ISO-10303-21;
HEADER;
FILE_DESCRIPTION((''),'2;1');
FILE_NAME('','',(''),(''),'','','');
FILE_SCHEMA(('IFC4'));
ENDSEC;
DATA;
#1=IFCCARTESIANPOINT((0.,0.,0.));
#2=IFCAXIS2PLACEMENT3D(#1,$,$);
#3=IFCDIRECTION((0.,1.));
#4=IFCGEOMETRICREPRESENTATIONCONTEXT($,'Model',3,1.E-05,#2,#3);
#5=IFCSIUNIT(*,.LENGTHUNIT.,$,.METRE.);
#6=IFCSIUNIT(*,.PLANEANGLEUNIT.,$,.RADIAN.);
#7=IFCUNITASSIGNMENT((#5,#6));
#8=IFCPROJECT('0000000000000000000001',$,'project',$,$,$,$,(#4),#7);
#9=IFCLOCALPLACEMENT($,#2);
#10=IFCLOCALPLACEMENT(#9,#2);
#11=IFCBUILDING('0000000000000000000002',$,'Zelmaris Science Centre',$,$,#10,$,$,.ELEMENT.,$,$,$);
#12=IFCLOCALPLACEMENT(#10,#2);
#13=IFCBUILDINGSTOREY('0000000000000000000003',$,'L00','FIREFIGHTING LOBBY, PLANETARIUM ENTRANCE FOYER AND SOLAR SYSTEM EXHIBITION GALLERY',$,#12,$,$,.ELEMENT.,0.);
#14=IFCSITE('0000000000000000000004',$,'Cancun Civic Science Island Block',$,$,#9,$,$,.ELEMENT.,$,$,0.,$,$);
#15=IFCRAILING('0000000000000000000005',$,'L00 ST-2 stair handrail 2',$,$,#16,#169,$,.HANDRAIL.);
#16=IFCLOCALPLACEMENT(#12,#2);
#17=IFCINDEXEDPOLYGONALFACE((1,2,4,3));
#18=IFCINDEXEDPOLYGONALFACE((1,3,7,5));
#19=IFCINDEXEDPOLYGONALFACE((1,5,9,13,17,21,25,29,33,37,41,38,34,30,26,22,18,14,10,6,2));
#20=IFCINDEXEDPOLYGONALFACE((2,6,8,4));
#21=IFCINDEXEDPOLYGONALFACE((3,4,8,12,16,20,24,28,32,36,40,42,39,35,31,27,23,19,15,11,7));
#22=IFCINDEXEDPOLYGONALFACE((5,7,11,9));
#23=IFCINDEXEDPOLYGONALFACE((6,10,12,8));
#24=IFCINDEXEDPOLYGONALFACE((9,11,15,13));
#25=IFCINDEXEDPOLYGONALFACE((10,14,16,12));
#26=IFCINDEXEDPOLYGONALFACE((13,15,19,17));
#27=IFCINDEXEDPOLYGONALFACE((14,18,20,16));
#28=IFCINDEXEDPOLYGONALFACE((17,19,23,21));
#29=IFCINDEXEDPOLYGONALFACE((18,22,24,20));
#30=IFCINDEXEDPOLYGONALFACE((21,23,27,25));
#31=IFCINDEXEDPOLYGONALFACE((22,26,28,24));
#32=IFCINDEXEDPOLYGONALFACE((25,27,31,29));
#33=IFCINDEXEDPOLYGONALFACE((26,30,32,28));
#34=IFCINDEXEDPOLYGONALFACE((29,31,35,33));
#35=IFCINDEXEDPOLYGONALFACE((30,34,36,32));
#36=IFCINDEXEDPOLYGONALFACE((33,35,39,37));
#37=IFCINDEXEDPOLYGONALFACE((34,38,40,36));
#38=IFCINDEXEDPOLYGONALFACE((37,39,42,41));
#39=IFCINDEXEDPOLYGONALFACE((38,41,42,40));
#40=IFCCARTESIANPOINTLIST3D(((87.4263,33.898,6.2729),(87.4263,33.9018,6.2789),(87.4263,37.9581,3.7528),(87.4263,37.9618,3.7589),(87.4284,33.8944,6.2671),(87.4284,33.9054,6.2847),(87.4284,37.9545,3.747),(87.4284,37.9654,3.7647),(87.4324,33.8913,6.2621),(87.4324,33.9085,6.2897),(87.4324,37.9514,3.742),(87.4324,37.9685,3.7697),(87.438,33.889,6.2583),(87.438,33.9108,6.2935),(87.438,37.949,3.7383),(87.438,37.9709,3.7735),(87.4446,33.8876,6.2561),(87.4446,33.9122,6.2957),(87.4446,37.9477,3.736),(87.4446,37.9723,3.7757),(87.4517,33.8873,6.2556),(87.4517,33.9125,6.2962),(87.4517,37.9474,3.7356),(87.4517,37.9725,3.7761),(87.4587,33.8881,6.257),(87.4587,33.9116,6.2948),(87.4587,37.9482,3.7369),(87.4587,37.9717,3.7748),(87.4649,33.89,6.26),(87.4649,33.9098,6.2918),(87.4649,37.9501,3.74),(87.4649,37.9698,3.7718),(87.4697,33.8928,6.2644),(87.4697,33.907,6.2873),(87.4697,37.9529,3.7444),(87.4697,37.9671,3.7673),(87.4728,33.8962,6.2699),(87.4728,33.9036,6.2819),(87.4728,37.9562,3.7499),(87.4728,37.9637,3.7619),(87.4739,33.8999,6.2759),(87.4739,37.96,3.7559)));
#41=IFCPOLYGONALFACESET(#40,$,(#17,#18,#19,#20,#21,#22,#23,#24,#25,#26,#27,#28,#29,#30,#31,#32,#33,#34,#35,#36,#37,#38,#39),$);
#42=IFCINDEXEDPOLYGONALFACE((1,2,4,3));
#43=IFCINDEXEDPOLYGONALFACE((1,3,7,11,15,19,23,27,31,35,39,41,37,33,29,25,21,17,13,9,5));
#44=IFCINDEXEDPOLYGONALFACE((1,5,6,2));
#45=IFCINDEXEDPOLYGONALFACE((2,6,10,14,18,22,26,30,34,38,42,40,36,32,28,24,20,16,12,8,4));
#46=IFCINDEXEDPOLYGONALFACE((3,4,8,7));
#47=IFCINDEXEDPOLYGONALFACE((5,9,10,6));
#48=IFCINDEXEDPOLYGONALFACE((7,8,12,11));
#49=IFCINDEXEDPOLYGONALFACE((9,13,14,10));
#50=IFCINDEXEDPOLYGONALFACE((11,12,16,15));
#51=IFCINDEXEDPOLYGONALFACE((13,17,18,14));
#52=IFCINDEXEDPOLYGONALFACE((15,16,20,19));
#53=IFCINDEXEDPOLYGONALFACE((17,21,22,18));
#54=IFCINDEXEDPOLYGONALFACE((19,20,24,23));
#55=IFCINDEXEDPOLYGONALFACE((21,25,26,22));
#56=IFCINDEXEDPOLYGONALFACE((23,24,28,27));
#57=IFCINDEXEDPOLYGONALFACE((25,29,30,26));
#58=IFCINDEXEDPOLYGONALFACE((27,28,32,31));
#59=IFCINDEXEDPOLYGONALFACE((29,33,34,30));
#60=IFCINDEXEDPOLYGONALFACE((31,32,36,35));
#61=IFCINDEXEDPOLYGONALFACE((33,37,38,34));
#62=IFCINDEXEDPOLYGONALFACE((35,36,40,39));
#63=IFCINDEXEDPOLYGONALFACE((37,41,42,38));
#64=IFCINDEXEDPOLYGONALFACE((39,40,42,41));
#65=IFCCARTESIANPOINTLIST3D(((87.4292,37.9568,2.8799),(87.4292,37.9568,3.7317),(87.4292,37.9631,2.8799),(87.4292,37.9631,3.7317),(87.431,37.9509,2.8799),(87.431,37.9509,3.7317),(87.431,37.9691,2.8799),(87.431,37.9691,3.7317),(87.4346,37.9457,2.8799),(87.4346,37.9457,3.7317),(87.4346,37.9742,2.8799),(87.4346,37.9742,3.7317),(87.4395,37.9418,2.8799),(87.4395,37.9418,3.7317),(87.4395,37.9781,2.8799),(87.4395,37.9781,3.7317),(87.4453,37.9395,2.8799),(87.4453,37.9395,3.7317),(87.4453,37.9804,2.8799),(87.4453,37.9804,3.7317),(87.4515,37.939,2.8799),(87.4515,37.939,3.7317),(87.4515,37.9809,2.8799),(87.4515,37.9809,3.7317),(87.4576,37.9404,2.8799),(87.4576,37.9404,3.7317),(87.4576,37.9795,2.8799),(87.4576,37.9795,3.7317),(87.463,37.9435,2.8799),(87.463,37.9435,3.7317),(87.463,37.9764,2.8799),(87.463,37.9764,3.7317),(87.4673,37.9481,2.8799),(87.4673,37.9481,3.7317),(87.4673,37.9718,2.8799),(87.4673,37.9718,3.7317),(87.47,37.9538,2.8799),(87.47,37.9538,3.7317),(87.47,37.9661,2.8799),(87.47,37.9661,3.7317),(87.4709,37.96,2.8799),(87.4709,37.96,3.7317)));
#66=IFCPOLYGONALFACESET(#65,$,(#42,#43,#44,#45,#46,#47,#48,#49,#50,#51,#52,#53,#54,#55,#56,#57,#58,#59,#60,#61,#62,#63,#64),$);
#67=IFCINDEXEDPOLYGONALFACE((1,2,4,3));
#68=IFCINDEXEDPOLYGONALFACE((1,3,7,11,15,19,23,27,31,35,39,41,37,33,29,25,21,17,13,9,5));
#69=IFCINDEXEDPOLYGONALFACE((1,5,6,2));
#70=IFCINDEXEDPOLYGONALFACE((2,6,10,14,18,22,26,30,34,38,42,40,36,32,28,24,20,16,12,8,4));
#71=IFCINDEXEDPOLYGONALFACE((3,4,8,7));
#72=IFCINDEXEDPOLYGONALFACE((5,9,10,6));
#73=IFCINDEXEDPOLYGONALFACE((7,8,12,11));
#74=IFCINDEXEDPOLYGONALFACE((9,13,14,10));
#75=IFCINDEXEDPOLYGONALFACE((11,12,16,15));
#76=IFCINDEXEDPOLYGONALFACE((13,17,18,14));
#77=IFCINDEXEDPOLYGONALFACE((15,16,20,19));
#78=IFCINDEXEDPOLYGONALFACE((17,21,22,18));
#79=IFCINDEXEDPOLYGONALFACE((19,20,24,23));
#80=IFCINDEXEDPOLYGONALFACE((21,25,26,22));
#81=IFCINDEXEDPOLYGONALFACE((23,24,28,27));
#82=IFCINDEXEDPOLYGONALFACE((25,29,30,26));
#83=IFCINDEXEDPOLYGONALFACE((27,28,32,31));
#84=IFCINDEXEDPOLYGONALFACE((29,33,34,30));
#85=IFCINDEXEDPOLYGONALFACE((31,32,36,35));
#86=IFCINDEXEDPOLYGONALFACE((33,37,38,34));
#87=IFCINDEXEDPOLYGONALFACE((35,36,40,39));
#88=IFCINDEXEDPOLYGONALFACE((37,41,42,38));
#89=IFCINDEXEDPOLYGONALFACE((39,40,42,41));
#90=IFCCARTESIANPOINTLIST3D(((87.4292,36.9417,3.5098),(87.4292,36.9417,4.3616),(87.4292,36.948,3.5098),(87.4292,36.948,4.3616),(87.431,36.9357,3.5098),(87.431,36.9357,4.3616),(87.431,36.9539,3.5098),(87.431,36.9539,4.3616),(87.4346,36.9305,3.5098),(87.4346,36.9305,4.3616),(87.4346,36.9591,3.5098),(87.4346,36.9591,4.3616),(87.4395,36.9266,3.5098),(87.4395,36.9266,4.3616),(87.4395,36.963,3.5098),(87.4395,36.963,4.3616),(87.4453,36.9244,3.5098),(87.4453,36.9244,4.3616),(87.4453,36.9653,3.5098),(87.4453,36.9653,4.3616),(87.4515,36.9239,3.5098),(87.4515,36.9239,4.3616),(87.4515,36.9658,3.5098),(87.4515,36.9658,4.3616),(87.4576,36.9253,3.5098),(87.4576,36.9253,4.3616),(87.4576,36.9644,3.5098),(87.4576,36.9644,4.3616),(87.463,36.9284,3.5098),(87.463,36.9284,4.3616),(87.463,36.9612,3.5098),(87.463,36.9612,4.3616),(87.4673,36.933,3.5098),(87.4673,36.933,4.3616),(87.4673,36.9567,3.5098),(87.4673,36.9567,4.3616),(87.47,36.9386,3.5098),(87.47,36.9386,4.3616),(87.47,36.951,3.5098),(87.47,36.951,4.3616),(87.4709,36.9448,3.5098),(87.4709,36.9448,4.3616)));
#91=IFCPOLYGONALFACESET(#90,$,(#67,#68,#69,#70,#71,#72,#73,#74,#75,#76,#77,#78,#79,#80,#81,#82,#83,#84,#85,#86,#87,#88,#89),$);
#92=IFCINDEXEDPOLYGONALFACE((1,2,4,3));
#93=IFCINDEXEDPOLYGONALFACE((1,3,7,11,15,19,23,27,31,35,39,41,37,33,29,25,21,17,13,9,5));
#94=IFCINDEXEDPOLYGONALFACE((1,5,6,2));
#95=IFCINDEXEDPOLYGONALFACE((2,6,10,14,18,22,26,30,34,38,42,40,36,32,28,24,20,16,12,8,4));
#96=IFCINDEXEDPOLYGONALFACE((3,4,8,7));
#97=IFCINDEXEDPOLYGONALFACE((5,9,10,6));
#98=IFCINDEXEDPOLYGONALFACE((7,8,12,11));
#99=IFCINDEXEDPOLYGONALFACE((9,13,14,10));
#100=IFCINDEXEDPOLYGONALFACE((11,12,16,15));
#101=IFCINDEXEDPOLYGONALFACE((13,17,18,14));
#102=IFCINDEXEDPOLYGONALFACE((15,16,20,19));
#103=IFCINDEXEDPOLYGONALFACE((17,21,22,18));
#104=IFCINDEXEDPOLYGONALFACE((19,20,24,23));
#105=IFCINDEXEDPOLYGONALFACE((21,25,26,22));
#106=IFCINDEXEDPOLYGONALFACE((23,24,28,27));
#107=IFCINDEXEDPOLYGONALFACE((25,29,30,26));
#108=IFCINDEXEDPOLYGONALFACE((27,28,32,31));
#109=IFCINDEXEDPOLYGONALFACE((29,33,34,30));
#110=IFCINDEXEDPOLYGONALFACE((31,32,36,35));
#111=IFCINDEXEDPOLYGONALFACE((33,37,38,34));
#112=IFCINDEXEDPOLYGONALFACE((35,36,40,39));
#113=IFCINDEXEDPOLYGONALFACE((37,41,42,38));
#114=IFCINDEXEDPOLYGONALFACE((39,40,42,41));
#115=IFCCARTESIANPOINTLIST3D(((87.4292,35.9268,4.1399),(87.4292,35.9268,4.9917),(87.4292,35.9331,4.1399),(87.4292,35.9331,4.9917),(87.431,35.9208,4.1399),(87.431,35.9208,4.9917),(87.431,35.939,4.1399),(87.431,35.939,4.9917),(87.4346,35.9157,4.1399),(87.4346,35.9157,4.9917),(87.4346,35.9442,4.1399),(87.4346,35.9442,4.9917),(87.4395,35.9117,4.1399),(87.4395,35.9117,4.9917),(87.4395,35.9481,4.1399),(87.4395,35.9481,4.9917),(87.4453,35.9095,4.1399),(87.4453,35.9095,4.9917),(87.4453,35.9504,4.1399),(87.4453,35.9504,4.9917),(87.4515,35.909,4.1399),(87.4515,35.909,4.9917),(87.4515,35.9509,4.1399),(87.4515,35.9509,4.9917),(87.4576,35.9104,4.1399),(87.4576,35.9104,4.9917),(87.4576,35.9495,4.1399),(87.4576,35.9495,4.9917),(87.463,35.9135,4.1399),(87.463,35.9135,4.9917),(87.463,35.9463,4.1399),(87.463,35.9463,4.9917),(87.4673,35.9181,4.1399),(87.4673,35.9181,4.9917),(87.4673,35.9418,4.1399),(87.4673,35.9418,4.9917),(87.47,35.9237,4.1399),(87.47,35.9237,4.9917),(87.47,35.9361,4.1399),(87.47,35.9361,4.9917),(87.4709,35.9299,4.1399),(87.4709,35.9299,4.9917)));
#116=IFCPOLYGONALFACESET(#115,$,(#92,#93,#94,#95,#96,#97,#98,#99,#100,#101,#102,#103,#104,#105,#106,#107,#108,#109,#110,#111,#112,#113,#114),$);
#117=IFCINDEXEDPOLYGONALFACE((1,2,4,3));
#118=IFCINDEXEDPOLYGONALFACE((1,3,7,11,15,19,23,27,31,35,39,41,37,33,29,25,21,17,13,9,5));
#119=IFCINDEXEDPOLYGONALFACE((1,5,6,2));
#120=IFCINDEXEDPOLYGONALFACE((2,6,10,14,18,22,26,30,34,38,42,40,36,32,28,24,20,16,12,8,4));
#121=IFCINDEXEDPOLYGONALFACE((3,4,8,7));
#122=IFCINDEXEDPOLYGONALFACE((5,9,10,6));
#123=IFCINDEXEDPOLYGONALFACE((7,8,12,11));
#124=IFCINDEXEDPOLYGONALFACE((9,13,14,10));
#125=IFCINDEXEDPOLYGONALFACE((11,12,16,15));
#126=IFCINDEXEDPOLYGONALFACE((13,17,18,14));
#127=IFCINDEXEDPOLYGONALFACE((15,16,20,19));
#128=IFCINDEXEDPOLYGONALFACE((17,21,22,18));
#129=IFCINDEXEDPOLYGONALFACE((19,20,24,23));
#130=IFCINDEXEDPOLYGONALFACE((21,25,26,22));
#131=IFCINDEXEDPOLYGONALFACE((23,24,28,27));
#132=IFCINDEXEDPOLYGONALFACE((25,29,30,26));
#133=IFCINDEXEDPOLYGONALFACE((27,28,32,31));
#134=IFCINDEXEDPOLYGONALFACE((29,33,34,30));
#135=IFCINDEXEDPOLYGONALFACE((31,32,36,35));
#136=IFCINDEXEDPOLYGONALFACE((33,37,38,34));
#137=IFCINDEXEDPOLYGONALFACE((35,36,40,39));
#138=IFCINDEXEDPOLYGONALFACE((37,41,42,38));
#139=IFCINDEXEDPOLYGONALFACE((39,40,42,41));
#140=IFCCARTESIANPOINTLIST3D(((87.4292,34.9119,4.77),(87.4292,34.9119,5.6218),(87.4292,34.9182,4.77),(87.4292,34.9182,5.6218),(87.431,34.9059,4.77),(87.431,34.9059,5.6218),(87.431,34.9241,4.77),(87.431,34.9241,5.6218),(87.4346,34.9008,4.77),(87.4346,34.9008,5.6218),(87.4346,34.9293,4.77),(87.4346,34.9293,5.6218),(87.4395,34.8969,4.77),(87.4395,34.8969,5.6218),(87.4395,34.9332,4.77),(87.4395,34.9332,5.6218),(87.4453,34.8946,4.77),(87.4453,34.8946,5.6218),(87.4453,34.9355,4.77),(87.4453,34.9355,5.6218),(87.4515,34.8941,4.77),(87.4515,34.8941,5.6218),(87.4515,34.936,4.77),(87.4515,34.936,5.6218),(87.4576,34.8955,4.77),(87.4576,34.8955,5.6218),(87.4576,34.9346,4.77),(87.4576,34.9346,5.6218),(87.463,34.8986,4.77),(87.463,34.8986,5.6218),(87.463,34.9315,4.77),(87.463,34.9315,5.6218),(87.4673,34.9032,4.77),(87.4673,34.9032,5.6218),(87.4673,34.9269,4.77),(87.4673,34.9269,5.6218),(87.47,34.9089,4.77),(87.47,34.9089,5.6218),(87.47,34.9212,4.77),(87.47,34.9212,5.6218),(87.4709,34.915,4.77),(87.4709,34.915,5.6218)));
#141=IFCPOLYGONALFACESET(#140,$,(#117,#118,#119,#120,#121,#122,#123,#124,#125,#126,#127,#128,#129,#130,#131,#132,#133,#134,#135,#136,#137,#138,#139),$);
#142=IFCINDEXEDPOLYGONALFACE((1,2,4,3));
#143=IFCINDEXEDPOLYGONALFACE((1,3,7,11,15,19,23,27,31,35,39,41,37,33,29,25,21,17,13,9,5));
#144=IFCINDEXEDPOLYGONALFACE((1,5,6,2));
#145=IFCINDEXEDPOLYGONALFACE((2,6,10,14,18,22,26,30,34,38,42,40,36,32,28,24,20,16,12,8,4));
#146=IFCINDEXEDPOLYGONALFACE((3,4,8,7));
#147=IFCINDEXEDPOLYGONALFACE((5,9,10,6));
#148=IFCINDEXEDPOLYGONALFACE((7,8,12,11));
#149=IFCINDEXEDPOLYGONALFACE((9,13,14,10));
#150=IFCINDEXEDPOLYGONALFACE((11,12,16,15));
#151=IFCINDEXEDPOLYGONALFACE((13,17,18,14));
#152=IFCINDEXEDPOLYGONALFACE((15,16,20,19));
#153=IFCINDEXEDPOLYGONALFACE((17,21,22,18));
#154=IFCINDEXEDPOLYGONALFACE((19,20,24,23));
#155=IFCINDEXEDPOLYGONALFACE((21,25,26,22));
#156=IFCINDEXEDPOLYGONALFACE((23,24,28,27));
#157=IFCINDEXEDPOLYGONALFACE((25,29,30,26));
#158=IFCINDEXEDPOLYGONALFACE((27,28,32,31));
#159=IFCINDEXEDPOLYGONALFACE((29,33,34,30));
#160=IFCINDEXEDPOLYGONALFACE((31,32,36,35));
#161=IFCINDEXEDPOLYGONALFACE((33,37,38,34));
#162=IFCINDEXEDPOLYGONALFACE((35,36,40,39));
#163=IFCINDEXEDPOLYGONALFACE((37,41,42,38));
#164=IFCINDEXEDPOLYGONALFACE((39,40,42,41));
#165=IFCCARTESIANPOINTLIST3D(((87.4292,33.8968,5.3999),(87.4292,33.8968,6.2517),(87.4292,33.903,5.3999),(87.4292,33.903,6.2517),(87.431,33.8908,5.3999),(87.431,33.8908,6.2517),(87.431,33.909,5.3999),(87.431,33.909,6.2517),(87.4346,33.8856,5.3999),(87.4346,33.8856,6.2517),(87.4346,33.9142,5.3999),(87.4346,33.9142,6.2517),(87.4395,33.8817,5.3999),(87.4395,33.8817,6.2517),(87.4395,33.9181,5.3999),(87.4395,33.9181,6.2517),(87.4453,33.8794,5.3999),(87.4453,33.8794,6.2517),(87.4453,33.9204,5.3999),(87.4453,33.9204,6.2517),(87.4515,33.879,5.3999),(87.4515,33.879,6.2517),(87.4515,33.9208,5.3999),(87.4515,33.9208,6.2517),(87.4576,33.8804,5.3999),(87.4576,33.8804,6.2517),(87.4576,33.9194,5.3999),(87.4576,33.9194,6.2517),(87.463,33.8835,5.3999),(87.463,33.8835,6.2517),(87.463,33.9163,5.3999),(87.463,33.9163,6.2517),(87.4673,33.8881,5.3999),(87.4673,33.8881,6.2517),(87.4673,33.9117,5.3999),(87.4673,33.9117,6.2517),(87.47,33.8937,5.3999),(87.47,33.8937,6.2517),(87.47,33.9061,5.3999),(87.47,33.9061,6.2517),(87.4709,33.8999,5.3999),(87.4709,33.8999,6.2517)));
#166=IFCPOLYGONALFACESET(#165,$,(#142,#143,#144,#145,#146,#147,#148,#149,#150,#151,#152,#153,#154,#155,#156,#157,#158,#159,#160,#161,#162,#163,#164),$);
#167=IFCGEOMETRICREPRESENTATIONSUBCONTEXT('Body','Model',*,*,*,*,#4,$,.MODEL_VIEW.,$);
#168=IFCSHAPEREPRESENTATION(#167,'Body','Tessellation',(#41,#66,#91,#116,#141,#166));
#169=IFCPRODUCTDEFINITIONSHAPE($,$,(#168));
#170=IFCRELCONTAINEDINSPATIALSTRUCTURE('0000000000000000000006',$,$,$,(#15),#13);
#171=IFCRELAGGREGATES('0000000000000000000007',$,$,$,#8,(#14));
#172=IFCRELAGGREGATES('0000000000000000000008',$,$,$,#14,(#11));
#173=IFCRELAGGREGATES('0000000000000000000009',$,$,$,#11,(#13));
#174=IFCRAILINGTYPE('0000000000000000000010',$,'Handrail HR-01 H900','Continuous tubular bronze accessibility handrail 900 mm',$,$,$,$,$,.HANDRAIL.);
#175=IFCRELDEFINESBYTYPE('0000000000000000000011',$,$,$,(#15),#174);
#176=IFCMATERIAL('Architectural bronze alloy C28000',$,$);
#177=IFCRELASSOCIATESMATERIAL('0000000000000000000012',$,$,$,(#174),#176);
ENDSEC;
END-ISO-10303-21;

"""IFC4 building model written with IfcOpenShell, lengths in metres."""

from ifc_helpers import new_model, si_unit, direction, frame, origin, origin_2d, place, context, subcontext, project, spatial, circle, extrude, material, type_object, element, save


model = new_model("IFC4")

# Units and contexts
model_context = context("Model", 3, precision=1e-05, world=origin(), true_north=direction((0.0, 1.0)))
body_context = subcontext(model_context, "Body", "Model", "MODEL_VIEW")
ifc_project = project(units=[si_unit("LENGTHUNIT", "METRE"), si_unit("PLANEANGLEUNIT", "RADIAN")], contexts=[model_context])

# Site, building, storey
site_placement = place(None, origin())
site = spatial("IfcSite", under=ifc_project, at=site_placement, Name="Cancun Civic Science Island Block", CompositionType="ELEMENT", RefElevation=0.0)
building_placement = place(site_placement, origin())
building = spatial("IfcBuilding", under=site, at=building_placement, Name="Zelmaris Science Centre", CompositionType="ELEMENT")
storey_placement = place(building_placement, origin())
storey = spatial("IfcBuildingStorey", under=building, at=storey_placement, Name="L00", Description="FIREFIGHTING LOBBY, PLANETARIUM ENTRANCE FOYER AND SOLAR SYSTEM EXHIBITION GALLERY", CompositionType="ELEMENT", Elevation=0.0)

# Railing
ifc_material_1 = material(Name="Architectural bronze alloy C28000")
railing_type_1 = type_object("IfcRailingType", Name="Handrail HR-01 H900", Description="Continuous tubular bronze accessibility handrail 900 mm", PredefinedType="HANDRAIL", material=ifc_material_1)
railing_1_placement = place(storey_placement, frame((87.45, 37.96, 2.8799)))
element("IfcRailing", 1, at=railing_1_placement, inside=storey, type_object=railing_type_1, Name="L00 ST-2 stair handrail 2", PredefinedType="HANDRAIL", context=body_context, shape_type="SweptSolid", body=[
    extrude(circle(Radius=0.0239, at=origin_2d()), frame((0.0, 0.0, 0.876), z_axis=(0.0, -0.849642, 0.52736), x_axis=(1.0, 0.0, 0.0)), (0.0, 0.0, 1.0), 4.7786),
    extrude(circle(Radius=0.021, at=origin_2d()), origin(), (0.0, 0.0, 1.0), 0.8518),
    extrude(circle(Radius=0.021, at=origin_2d()), frame((0.0, -1.0151, 0.6299)), (0.0, 0.0, 1.0), 0.8518),
    extrude(circle(Radius=0.021, at=origin_2d()), frame((0.0, -2.03, 1.26)), (0.0, 0.0, 1.0), 0.8518),
    extrude(circle(Radius=0.021, at=origin_2d()), frame((0.0, -3.0449, 1.8901)), (0.0, 0.0, 1.0), 0.8518),
    extrude(circle(Radius=0.021, at=origin_2d()), frame((0.0, -4.0601, 2.52)), (0.0, 0.0, 1.0), 0.8518),
])

save(model, "model.ifc")
